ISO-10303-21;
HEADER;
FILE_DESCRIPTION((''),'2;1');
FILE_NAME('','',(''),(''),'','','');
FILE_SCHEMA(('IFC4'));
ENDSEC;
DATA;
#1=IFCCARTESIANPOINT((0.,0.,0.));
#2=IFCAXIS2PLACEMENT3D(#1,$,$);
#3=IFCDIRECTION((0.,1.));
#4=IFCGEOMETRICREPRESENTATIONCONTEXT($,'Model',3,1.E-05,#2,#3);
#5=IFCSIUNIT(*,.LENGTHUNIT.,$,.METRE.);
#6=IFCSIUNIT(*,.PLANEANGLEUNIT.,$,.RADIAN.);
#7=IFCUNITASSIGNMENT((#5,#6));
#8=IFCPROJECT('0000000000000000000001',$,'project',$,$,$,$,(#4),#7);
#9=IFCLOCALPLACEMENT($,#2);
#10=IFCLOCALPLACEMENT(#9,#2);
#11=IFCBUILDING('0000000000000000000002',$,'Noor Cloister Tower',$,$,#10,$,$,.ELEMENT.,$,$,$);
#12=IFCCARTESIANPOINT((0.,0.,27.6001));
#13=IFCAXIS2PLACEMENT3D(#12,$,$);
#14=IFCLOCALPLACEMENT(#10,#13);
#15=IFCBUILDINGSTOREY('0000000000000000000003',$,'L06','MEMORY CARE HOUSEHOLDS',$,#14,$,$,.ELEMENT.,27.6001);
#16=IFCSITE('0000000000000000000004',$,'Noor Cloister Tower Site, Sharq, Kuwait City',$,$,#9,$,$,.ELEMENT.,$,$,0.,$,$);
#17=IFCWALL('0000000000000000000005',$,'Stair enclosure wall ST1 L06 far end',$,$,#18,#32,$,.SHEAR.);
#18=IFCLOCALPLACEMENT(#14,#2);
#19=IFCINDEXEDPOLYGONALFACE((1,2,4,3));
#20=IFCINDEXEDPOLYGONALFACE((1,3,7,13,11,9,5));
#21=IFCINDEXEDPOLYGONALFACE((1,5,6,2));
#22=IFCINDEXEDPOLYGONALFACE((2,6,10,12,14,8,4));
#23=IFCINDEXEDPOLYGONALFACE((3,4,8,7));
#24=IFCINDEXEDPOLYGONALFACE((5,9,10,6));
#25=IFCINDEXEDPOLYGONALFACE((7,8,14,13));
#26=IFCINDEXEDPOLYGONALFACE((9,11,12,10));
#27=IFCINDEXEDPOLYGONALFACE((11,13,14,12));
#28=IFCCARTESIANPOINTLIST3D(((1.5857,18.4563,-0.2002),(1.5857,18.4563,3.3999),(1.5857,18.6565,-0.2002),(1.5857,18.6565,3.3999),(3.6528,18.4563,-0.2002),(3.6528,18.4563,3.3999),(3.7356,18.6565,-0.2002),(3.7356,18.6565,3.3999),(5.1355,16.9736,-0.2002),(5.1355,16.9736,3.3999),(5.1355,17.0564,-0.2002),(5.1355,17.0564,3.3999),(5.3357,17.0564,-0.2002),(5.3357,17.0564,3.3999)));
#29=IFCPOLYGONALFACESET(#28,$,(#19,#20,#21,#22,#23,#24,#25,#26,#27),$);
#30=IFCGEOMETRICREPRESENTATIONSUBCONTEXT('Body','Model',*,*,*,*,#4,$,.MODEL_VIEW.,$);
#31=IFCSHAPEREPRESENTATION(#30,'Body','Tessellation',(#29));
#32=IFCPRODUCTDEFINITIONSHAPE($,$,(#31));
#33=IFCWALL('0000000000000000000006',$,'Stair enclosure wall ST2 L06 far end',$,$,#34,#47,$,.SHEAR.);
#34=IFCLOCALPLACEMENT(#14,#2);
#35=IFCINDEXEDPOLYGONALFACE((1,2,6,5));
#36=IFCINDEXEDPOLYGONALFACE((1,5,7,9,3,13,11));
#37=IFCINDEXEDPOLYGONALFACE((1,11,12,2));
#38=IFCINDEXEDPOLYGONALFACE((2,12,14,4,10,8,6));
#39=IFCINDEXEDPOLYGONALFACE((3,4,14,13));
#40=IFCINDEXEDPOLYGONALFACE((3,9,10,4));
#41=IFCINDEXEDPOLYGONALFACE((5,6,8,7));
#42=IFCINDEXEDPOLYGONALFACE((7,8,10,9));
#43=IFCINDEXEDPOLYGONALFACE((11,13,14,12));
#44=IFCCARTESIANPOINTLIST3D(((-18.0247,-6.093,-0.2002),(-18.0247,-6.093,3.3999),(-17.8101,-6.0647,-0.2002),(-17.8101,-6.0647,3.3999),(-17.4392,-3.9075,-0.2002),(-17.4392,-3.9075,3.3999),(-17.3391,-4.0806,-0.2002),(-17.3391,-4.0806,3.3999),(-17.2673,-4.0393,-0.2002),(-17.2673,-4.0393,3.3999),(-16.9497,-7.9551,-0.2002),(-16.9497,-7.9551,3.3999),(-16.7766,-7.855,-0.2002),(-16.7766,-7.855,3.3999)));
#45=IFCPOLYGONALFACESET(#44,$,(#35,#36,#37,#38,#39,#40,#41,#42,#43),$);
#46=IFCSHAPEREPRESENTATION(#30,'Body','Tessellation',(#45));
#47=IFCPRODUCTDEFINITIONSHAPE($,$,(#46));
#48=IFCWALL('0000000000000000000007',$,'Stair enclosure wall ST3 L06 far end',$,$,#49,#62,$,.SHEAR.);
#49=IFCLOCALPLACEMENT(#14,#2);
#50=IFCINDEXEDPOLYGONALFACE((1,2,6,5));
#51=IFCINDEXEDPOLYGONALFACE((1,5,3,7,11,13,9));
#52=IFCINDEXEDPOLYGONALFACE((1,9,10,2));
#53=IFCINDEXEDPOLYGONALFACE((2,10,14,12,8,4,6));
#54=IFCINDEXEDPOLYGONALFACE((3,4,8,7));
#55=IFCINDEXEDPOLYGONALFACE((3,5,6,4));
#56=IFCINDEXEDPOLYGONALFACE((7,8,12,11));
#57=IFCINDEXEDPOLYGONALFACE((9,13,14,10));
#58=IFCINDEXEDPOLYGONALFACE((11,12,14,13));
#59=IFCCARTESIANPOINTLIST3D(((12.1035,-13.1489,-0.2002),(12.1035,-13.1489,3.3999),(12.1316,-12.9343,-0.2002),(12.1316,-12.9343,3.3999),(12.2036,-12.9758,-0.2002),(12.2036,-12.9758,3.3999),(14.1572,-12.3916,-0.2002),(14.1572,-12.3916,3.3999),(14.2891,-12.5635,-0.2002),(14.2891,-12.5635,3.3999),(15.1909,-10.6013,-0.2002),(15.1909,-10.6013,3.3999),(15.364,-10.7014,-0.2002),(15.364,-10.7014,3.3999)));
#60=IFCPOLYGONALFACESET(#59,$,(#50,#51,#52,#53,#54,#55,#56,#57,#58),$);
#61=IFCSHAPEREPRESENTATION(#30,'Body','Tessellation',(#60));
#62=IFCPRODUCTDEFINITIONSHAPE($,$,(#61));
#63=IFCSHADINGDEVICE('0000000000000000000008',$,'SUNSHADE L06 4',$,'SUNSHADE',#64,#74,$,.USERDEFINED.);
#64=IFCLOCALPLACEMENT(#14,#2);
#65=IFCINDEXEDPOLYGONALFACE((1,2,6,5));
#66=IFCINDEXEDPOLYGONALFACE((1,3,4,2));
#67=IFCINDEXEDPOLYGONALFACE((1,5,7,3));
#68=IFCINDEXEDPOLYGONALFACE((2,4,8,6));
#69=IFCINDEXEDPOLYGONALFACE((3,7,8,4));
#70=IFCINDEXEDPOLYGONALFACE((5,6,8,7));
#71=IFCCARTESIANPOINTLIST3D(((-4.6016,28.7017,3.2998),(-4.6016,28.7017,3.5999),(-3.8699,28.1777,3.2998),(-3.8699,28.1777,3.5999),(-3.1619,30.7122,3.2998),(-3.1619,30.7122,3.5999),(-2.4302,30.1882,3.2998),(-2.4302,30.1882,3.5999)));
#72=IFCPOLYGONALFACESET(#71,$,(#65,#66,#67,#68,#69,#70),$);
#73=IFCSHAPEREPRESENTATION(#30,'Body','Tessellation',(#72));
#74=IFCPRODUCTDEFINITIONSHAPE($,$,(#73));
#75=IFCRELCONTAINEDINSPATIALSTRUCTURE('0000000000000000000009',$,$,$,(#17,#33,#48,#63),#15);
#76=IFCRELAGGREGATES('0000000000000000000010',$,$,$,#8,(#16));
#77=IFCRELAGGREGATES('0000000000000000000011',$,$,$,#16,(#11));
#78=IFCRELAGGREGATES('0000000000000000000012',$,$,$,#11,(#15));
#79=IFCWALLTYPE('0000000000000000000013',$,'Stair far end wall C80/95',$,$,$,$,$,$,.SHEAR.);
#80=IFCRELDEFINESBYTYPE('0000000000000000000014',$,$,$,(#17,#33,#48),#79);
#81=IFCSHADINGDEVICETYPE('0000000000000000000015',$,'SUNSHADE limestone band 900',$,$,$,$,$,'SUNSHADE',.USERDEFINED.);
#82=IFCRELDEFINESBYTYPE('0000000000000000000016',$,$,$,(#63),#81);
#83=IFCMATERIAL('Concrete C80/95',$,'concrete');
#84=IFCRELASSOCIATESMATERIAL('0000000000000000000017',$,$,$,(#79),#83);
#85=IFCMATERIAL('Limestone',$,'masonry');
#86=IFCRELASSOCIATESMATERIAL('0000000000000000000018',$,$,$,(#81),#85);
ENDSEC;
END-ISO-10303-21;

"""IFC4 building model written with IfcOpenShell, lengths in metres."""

from ifc_helpers import new_model, si_unit, direction, frame, origin, place, context, subcontext, project, spatial, polyline, outline, extrude, material, type_object, element, save


model = new_model("IFC4")

# Units and contexts
model_context = context("Model", 3, precision=1e-05, world=origin(), true_north=direction((0.0, 1.0)))
body_context = subcontext(model_context, "Body", "Model", "MODEL_VIEW")
ifc_project = project(units=[si_unit("LENGTHUNIT", "METRE"), si_unit("PLANEANGLEUNIT", "RADIAN")], contexts=[model_context])

# Site, building, storey
site_placement = place(None, origin())
site = spatial("IfcSite", under=ifc_project, at=site_placement, Name="Noor Cloister Tower Site, Sharq, Kuwait City", CompositionType="ELEMENT", RefElevation=0.0)
building_placement = place(site_placement, origin())
building = spatial("IfcBuilding", under=site, at=building_placement, Name="Noor Cloister Tower", CompositionType="ELEMENT")
storey_placement = place(building_placement, frame((0.0, 0.0, 27.6001)))
storey = spatial("IfcBuildingStorey", under=building, at=storey_placement, Name="L06", Description="MEMORY CARE HOUSEHOLDS", CompositionType="ELEMENT", Elevation=27.6001)

# Walls
ifc_material_1 = material(Name="Concrete C80/95", Category="concrete")
wall_type_1 = type_object("IfcWallType", Name="Stair far end wall C80/95", PredefinedType="SHEAR", material=ifc_material_1)
wall_1_placement = place(storey_placement, frame((0.0, 0.0, -0.2002)))
element("IfcWall", 1, at=wall_1_placement, inside=storey, type_object=wall_type_1, Name="Stair enclosure wall ST1 L06 far end", PredefinedType="SHEAR", context=body_context, shape_type="SweptSolid", body=[
    extrude(outline(polyline([(5.3357, 17.0564), (3.7356, 18.6565), (1.5857, 18.6565), (1.5857, 18.4563), (3.6528, 18.4563), (5.1355, 16.9736), (5.1355, 17.0564), (5.1355, 17.0564), (5.1355, 17.0564), (5.1355, 17.0564), (5.1355, 17.0564), (5.1355, 17.0564), (5.1355, 17.0564), (5.1355, 17.0564), (5.1355, 17.0564), (5.1355, 17.0564), (5.1355, 17.0564), (5.1355, 17.0564), (5.1355, 17.0564), (5.1355, 17.0564), (5.1355, 17.0564), (5.1355, 17.0564), (5.1355, 17.0564), (5.3357, 17.0564)])), origin(), (0.0, 0.0, 1.0), 3.6001),
])
wall_2_placement = place(storey_placement, frame((0.0, 0.0, -0.2002)))
element("IfcWall", 2, at=wall_2_placement, inside=storey, type_object=wall_type_1, Name="Stair enclosure wall ST2 L06 far end", PredefinedType="SHEAR", context=body_context, shape_type="SweptSolid", body=[
    extrude(outline(polyline([(-17.4392, -3.9075), (-18.0247, -6.093), (-16.9497, -7.9551), (-16.7766, -7.855), (-17.8101, -6.0647), (-17.2673, -4.0393), (-17.3391, -4.0806), (-17.3391, -4.0806), (-17.3391, -4.0806), (-17.3391, -4.0806), (-17.3391, -4.0806), (-17.3391, -4.0806), (-17.3391, -4.0806), (-17.3391, -4.0806), (-17.3391, -4.0806), (-17.3391, -4.0806), (-17.3391, -4.0806), (-17.3391, -4.0806), (-17.3391, -4.0806), (-17.3391, -4.0806), (-17.3391, -4.0806), (-17.3391, -4.0806), (-17.3391, -4.0806), (-17.4392, -3.9075)])), origin(), (0.0, 0.0, 1.0), 3.6001),
])
wall_3_placement = place(storey_placement, frame((0.0, 0.0, -0.2002)))
element("IfcWall", 3, at=wall_3_placement, inside=storey, type_object=wall_type_1, Name="Stair enclosure wall ST3 L06 far end", PredefinedType="SHEAR", context=body_context, shape_type="SweptSolid", body=[
    extrude(outline(polyline([(12.1035, -13.1489), (14.2891, -12.5635), (15.364, -10.7014), (15.1909, -10.6013), (14.1572, -12.3916), (12.1316, -12.9343), (12.2036, -12.9758), (12.2036, -12.9758), (12.2036, -12.9758), (12.2036, -12.9758), (12.2036, -12.9758), (12.2036, -12.9758), (12.2036, -12.9758), (12.2036, -12.9758), (12.2036, -12.9758), (12.2036, -12.9758), (12.2036, -12.9758), (12.2036, -12.9758), (12.2036, -12.9758), (12.2036, -12.9758), (12.2036, -12.9758), (12.2036, -12.9758), (12.2036, -12.9758), (12.1035, -13.1489)])), origin(), (0.0, 0.0, 1.0), 3.6001),
])

# Shading device
ifc_material_2 = material(Name="Limestone", Category="masonry")
shading_device_type = type_object("IfcShadingDeviceType", Name="SUNSHADE limestone band 900", ElementType="SUNSHADE", PredefinedType="USERDEFINED", material=ifc_material_2)
shading_device_placement = place(storey_placement, frame((0.0, 0.0, 3.2998)))
element("IfcShadingDevice", 4, at=shading_device_placement, inside=storey, type_object=shading_device_type, Name="SUNSHADE L06 4", ObjectType="SUNSHADE", PredefinedType="USERDEFINED", context=body_context, shape_type="SweptSolid", body=[
    extrude(outline(polyline([(-3.1619, 30.7122), (-4.6016, 28.7017), (-3.8699, 28.1777), (-2.4302, 30.1882), (-3.1619, 30.7122)])), origin(), (0.0, 0.0, 1.0), 0.3),
])

save(model, "model.ifc")
